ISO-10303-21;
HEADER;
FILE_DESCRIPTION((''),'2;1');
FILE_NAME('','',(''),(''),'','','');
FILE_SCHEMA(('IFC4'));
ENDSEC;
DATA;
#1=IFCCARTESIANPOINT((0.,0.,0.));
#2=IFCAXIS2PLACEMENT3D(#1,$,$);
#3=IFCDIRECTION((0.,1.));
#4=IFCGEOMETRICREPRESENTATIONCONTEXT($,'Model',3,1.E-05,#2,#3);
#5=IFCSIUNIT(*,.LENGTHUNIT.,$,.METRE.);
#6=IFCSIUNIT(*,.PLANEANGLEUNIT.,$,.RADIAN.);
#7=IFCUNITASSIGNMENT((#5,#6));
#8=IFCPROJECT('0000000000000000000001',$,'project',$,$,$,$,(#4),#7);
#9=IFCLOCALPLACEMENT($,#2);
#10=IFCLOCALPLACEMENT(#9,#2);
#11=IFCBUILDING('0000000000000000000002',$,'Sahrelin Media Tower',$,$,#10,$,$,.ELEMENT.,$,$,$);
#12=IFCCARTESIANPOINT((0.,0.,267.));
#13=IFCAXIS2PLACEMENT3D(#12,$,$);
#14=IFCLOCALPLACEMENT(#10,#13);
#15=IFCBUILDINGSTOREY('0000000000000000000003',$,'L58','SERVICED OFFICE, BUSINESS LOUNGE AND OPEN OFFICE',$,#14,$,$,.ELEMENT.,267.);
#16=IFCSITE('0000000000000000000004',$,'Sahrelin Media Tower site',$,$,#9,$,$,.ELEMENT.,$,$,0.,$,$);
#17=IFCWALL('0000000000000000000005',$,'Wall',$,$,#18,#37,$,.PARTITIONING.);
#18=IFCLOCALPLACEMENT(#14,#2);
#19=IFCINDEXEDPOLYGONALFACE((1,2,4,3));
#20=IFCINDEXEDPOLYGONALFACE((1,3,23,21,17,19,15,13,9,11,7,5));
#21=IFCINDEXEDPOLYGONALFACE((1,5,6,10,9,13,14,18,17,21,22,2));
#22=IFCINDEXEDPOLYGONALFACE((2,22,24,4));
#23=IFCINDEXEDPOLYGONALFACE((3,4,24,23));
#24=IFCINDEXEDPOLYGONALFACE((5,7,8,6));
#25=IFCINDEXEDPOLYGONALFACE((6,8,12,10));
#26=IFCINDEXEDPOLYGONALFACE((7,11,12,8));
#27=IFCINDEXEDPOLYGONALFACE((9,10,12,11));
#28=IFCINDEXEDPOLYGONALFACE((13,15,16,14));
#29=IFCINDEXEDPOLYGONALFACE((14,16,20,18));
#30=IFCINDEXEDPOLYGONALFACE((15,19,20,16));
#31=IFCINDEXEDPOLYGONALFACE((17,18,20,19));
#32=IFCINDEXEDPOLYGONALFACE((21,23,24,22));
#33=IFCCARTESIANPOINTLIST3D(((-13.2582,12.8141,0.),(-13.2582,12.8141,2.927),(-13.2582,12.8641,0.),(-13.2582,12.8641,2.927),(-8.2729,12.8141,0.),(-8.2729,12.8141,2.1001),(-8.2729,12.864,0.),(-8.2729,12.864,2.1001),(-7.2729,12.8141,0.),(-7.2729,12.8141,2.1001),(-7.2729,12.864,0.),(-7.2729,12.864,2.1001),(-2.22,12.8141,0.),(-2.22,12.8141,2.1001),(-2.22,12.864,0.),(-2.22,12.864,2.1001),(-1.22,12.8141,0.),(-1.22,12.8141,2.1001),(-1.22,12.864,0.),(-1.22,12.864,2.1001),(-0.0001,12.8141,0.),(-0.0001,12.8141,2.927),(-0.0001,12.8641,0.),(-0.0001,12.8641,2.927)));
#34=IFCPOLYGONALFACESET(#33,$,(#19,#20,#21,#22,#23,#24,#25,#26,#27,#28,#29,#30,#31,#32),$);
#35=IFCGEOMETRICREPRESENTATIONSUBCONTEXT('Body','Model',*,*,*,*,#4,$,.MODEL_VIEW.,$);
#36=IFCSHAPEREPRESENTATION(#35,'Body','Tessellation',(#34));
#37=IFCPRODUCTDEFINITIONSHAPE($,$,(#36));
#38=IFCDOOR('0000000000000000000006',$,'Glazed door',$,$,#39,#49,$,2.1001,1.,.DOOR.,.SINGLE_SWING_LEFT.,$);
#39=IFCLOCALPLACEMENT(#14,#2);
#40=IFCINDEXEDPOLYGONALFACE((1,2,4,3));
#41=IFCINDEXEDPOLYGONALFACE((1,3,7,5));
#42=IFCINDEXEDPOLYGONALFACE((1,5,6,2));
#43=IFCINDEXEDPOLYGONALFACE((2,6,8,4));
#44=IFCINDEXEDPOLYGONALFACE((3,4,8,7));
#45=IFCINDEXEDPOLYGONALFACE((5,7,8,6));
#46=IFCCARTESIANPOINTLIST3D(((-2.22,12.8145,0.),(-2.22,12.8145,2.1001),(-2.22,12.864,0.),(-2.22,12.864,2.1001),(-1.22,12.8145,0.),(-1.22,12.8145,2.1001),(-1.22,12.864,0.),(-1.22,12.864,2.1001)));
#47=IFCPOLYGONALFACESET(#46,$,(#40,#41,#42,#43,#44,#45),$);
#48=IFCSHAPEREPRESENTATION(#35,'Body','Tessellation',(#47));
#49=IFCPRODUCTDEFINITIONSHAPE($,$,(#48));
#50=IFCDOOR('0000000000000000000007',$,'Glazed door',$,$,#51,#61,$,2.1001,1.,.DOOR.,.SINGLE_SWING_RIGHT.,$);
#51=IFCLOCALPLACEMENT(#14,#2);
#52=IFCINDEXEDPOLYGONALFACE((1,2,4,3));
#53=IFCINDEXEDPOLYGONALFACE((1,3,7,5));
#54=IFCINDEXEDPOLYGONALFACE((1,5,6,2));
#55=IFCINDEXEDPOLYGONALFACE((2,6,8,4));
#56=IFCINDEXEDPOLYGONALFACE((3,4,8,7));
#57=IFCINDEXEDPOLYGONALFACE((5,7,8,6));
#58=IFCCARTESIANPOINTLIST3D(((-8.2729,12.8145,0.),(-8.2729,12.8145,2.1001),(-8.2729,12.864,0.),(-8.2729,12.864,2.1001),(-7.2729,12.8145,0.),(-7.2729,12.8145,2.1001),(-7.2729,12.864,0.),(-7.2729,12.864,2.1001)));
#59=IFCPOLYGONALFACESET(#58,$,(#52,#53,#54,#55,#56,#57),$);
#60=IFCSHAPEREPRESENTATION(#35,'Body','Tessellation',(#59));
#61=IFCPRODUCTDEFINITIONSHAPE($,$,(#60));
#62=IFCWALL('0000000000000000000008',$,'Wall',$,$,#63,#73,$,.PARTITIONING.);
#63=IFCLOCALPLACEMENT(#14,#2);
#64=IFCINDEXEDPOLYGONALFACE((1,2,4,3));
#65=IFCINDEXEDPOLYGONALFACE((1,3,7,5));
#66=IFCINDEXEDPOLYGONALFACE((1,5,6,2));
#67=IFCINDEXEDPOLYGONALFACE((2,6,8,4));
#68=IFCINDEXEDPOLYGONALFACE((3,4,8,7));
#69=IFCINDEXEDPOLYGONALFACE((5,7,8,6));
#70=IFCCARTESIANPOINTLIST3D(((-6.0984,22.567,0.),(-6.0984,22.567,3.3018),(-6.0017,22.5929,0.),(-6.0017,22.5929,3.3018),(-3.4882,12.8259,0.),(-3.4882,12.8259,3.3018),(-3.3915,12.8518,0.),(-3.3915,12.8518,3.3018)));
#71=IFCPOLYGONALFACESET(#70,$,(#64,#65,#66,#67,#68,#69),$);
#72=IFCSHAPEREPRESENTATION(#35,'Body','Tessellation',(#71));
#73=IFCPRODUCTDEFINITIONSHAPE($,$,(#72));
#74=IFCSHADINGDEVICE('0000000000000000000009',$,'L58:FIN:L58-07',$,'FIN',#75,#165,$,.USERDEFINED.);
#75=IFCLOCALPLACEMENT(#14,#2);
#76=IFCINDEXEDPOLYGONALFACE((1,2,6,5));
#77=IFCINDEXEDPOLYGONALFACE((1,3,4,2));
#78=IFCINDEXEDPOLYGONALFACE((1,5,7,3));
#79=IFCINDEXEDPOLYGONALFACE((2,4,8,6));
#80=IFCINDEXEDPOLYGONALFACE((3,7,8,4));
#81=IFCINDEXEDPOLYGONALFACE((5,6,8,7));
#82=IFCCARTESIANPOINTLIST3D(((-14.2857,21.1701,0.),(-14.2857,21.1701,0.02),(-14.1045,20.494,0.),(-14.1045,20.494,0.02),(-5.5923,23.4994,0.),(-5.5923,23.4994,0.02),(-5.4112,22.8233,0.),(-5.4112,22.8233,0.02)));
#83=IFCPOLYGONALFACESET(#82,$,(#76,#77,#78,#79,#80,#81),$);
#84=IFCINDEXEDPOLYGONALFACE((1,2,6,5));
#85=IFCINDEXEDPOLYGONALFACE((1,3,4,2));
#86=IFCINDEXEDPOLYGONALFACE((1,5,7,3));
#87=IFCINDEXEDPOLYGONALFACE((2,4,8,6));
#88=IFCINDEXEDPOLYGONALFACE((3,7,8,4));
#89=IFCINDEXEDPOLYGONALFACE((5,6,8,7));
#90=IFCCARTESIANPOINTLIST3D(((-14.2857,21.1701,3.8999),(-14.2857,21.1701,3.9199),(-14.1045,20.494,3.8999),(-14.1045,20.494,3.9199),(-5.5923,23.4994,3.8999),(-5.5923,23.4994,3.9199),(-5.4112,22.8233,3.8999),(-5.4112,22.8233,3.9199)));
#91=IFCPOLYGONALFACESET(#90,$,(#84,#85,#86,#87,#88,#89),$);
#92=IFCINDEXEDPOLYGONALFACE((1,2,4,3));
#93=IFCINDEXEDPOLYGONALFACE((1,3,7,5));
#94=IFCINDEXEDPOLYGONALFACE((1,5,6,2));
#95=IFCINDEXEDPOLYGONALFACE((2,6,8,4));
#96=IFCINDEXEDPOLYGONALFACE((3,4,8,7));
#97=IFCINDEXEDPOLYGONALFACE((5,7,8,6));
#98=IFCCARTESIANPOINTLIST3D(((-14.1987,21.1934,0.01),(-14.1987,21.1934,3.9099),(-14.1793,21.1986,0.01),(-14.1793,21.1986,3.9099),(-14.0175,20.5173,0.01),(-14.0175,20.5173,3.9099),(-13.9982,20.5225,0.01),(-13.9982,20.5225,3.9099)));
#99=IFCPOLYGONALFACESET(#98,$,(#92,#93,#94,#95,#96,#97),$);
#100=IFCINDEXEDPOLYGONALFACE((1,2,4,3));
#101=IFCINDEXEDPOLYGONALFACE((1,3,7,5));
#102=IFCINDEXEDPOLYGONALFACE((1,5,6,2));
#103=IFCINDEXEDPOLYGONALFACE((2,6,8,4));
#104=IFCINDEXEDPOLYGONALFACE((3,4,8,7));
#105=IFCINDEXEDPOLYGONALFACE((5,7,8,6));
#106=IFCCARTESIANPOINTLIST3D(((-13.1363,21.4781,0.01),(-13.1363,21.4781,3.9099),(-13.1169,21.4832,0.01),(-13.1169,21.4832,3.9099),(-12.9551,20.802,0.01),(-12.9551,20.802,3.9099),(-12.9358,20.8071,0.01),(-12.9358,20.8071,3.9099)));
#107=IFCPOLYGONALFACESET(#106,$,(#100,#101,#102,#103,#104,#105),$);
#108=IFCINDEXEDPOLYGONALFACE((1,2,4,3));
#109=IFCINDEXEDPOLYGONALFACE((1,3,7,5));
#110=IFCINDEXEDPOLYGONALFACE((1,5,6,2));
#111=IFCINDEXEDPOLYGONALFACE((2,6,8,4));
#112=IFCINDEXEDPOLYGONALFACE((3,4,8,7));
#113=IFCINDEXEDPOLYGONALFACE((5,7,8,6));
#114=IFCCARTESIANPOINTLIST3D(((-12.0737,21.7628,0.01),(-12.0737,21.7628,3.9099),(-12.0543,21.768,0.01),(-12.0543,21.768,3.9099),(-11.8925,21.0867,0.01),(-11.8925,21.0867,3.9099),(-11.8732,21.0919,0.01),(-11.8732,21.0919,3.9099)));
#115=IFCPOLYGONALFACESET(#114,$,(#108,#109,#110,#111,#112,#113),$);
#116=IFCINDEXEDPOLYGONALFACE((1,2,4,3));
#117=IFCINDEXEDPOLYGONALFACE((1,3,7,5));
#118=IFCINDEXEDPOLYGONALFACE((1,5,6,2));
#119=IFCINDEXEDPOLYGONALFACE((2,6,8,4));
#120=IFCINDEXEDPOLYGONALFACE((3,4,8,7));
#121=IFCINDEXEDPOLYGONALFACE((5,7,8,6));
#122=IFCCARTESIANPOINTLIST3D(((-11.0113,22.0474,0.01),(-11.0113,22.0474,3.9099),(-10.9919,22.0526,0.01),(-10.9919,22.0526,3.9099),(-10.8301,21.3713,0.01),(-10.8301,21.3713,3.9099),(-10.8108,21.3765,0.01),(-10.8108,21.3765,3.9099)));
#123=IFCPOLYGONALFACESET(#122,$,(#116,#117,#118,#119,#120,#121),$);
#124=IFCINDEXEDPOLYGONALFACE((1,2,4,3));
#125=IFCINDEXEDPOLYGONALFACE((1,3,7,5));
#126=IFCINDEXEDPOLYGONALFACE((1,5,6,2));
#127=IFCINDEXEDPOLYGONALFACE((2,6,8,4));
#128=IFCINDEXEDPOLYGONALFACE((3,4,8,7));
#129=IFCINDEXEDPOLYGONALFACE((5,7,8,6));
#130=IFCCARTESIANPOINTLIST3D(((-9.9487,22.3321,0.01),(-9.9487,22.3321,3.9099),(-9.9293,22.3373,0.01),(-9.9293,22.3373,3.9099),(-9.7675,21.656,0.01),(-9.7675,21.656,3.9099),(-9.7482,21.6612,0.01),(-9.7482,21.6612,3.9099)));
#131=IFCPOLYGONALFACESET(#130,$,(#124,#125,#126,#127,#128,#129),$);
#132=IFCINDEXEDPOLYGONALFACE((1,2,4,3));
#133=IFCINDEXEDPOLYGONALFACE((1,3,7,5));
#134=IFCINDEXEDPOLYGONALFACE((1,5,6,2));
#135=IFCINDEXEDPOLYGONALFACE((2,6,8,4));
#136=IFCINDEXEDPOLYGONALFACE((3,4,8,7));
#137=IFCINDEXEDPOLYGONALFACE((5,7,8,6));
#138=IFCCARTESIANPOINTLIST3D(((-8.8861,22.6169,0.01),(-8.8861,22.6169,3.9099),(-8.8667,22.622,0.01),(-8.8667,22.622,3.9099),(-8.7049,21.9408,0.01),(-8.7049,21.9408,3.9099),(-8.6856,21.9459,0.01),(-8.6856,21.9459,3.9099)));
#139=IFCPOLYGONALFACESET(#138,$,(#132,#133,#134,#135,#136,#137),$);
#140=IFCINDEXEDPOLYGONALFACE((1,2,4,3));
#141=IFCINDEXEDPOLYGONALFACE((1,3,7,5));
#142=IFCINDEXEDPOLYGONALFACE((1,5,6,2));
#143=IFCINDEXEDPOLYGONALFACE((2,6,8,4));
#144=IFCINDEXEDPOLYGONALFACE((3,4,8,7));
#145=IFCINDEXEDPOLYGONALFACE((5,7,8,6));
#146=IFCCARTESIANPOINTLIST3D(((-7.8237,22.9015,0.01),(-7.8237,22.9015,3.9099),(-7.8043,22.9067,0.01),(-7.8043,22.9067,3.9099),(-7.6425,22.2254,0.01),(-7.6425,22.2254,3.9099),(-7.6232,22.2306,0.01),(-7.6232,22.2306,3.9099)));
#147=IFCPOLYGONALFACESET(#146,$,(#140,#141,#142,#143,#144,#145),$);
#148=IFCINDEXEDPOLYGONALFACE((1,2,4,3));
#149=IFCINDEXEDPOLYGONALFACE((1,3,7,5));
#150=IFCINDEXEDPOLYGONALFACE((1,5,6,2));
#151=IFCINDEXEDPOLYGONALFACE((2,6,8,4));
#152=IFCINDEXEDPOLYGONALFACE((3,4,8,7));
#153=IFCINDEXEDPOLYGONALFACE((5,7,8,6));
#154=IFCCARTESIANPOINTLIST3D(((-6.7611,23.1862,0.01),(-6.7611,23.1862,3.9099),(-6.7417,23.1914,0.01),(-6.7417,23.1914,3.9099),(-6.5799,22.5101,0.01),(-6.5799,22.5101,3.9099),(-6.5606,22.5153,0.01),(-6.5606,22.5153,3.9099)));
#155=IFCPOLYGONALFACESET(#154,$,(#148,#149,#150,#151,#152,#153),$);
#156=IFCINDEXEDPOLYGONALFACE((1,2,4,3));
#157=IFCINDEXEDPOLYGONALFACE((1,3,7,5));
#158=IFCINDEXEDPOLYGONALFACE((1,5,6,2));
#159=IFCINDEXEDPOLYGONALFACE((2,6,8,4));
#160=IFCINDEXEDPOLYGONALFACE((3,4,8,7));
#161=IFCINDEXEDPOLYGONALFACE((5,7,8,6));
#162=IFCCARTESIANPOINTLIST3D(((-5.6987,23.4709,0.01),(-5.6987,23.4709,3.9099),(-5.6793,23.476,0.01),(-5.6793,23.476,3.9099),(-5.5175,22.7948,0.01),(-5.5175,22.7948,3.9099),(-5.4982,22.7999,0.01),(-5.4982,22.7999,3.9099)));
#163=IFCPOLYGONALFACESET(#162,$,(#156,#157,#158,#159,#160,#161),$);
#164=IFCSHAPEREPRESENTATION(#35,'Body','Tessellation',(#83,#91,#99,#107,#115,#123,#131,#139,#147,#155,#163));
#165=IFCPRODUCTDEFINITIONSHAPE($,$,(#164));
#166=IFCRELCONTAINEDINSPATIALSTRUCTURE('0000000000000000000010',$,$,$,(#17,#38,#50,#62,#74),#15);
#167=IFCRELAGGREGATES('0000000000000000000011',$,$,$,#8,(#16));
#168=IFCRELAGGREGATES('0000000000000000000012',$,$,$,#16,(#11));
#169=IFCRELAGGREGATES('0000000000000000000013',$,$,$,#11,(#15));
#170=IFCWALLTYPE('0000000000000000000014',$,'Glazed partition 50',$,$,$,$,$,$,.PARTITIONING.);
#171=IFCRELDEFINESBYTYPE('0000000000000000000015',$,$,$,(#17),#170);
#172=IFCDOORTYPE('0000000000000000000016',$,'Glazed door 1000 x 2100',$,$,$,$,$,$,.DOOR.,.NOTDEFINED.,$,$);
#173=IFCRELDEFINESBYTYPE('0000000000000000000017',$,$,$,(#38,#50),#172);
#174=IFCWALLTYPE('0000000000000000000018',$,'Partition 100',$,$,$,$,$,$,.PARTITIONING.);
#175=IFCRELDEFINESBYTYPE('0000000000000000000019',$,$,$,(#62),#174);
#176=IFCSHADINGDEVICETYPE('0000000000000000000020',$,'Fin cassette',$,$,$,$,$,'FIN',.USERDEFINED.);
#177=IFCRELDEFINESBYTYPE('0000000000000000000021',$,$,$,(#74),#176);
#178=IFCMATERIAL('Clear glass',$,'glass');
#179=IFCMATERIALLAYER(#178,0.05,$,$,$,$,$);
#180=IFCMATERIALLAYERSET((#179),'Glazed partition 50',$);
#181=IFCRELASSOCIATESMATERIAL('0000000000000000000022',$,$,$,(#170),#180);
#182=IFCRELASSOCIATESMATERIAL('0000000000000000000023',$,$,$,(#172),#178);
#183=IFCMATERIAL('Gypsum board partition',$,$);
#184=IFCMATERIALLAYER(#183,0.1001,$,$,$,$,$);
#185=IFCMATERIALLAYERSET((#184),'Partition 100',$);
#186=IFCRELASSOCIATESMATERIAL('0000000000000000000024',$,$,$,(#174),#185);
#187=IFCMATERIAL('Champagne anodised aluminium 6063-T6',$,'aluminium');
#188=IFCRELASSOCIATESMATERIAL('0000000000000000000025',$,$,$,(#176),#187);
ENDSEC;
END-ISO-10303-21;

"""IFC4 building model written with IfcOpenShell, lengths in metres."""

from ifc_helpers import new_model, si_unit, direction, frame, frame_2d, origin, origin_2d, place, context, subcontext, project, spatial, rectangle, extrude, material, layer, layer_set, type_object, element, fill, save


model = new_model("IFC4")

# Units and contexts
model_context = context("Model", 3, precision=1e-05, world=origin(), true_north=direction((0.0, 1.0)))
body_context = subcontext(model_context, "Body", "Model", "MODEL_VIEW")
ifc_project = project(units=[si_unit("LENGTHUNIT", "METRE"), si_unit("PLANEANGLEUNIT", "RADIAN")], contexts=[model_context])

# Site, building, storey
site_placement = place(None, origin())
site = spatial("IfcSite", under=ifc_project, at=site_placement, Name="Sahrelin Media Tower site", CompositionType="ELEMENT", RefElevation=0.0)
building_placement = place(site_placement, origin())
building = spatial("IfcBuilding", under=site, at=building_placement, Name="Sahrelin Media Tower", CompositionType="ELEMENT")
storey_placement = place(building_placement, frame((0.0, 0.0, 267.0)))
storey = spatial("IfcBuildingStorey", under=building, at=storey_placement, Name="L58", Description="SERVICED OFFICE, BUSINESS LOUNGE AND OPEN OFFICE", CompositionType="ELEMENT", Elevation=267.0)

# Shared definitions
ifc_material_1 = material(Name="Champagne anodised aluminium 6063-T6", Category="aluminium")

# Shared definitions
ifc_material_2 = material(Name="Clear glass", Category="glass")
ifc_layer_1 = layer(ifc_material_2, 0.05)
ifc_layer_set_1 = layer_set([ifc_layer_1], Name="Glazed partition 50")
wall_type_1 = type_object("IfcWallType", Name="Glazed partition 50", PredefinedType="PARTITIONING", material=ifc_layer_set_1)

# Wall, openings, doors
wall_1_placement = place(storey_placement, frame((-13.2581, 12.8391, 0.0), z_axis=(0.0, 0.0, 1.0), x_axis=(1.0, 0.0, 0.0)))
wall_1 = element("IfcWall", 1, at=wall_1_placement, inside=storey, type_object=wall_type_1, Name="Wall", PredefinedType="PARTITIONING", context=body_context, shape_type="SweptSolid", body=[
    extrude(rectangle(XDim=13.2581, YDim=0.05, at=frame_2d((6.6289, 0.0))), origin(), (0.0, 0.0, 1.0), 2.927),
])
opening_1_placement = place(wall_1_placement, frame((11.0381, 0.0, 0.0)))
opening_1 = element("IfcOpeningElement", 2, at=opening_1_placement, cuts=wall_1, PredefinedType="OPENING", context=body_context, shape_type="SweptSolid", body=[
    extrude(rectangle(XDim=1.0, YDim=2.1001, at=frame_2d((0.5, 1.05))), frame((0.0, 0.0249, 0.0), z_axis=(0.0, -1.0, 0.0), x_axis=(1.0, 0.0, 0.0)), (0.0, 0.0, 1.0), 0.05),
])
opening_2_placement = place(wall_1_placement, frame((4.9851, 0.0, 0.0)))
opening_2 = element("IfcOpeningElement", 3, at=opening_2_placement, cuts=wall_1, PredefinedType="OPENING", context=body_context, shape_type="SweptSolid", body=[
    extrude(rectangle(XDim=1.0, YDim=2.1001, at=frame_2d((0.5, 1.05))), frame((0.0, 0.0249, 0.0), z_axis=(0.0, -1.0, 0.0), x_axis=(1.0, 0.0, 0.0)), (0.0, 0.0, 1.0), 0.05),
])
door_type_1 = type_object("IfcDoorType", Name="Glazed door 1000 x 2100", OperationType="NOTDEFINED", PredefinedType="DOOR", material=ifc_material_2)
door_1_placement = place(opening_1_placement, origin())
door_1 = element("IfcDoor", 4, at=door_1_placement, inside=storey, type_object=door_type_1, Name="Glazed door", OperationType="SINGLE_SWING_LEFT", OverallHeight=2.1001, OverallWidth=1.0, PredefinedType="DOOR", context=body_context, shape_type="SweptSolid", body=[
    extrude(rectangle(XDim=1.0, YDim=2.1001, at=frame_2d((0.5, 1.05))), frame((0.0, 0.0249, 0.0), z_axis=(0.0, -1.0, 0.0), x_axis=(1.0, 0.0, 0.0)), (0.0, 0.0, 1.0), 0.0496),
])
fill(opening_1, door_1)
door_2_placement = place(opening_2_placement, origin())
door_2 = element("IfcDoor", 5, at=door_2_placement, inside=storey, type_object=door_type_1, Name="Glazed door", OperationType="SINGLE_SWING_RIGHT", OverallHeight=2.1001, OverallWidth=1.0, PredefinedType="DOOR", context=body_context, shape_type="SweptSolid", body=[
    extrude(rectangle(XDim=1.0, YDim=2.1001, at=frame_2d((0.5, 1.05))), frame((0.0, 0.0249, 0.0), z_axis=(0.0, -1.0, 0.0), x_axis=(1.0, 0.0, 0.0)), (0.0, 0.0, 1.0), 0.0496),
])
fill(opening_2, door_2)

# Wall
ifc_material_3 = material(Name="Gypsum board partition")
ifc_layer_2 = layer(ifc_material_3, 0.1001)
ifc_layer_set_2 = layer_set([ifc_layer_2], Name="Partition 100")
wall_type_2 = type_object("IfcWallType", Name="Partition 100", PredefinedType="PARTITIONING", material=ifc_layer_set_2)
wall_2_placement = place(storey_placement, frame((-6.05, 22.5801, 0.0), z_axis=(0.0, 0.0, 1.0), x_axis=(0.258821, -0.965925, 0.0)))
element("IfcWall", 6, at=wall_2_placement, inside=storey, type_object=wall_type_2, Name="Wall", PredefinedType="PARTITIONING", context=body_context, shape_type="SweptSolid", body=[
    extrude(rectangle(XDim=10.0847, YDim=0.1001, at=frame_2d((5.0425, 0.0))), origin(), (0.0, 0.0, 1.0), 3.3018),
])

# Shading device
shading_device_type_1 = type_object("IfcShadingDeviceType", Name="Fin cassette", ElementType="FIN", PredefinedType="USERDEFINED", material=ifc_material_1)
placement = place(storey_placement, frame((-9.7397, 21.5911, 0.0), z_axis=(0.0, 0.0, 1.0), x_axis=(0.965929, 0.258808, 0.0)))
element("IfcShadingDevice", 7, at=placement, inside=storey, type_object=shading_device_type_1, Name="L58:FIN:L58-07", ObjectType="FIN", PredefinedType="USERDEFINED", context=body_context, shape_type="SweptSolid", body=[
    extrude(rectangle(XDim=9.0, YDim=0.7, at=origin_2d()), frame((0.0, 0.4199, 0.0)), (0.0, 0.0, 1.0), 0.02),
    extrude(rectangle(XDim=9.0, YDim=0.7, at=origin_2d()), frame((0.0, 0.4199, 3.8999)), (0.0, 0.0, 1.0), 0.02),
    extrude(rectangle(XDim=0.02, YDim=0.7, at=origin_2d()), frame((-4.3999, 0.4199, 0.01), z_axis=(0.0, 0.0, 1.0), x_axis=(1.0, 0.0, 0.0)), (0.0, 0.0, 1.0), 3.8999),
    extrude(rectangle(XDim=0.02, YDim=0.7, at=origin_2d()), frame((-3.3, 0.4199, 0.01), z_axis=(0.0, 0.0, 1.0), x_axis=(1.0, 0.0, 0.0)), (0.0, 0.0, 1.0), 3.8999),
    extrude(rectangle(XDim=0.02, YDim=0.7, at=origin_2d()), frame((-2.2, 0.4199, 0.01), z_axis=(0.0, 0.0, 1.0), x_axis=(1.0, 0.0, 0.0)), (0.0, 0.0, 1.0), 3.8999),
    extrude(rectangle(XDim=0.02, YDim=0.7, at=origin_2d()), frame((-1.1001, 0.4199, 0.01), z_axis=(0.0, 0.0, 1.0), x_axis=(1.0, 0.0, 0.0)), (0.0, 0.0, 1.0), 3.8999),
    extrude(rectangle(XDim=0.02, YDim=0.7, at=origin_2d()), frame((0.0, 0.4199, 0.01), z_axis=(0.0, 0.0, 1.0), x_axis=(1.0, 0.0, 0.0)), (0.0, 0.0, 1.0), 3.8999),
    extrude(rectangle(XDim=0.02, YDim=0.7, at=origin_2d()), frame((1.1001, 0.4199, 0.01), z_axis=(0.0, 0.0, 1.0), x_axis=(1.0, 0.0, 0.0)), (0.0, 0.0, 1.0), 3.8999),
    extrude(rectangle(XDim=0.02, YDim=0.7, at=origin_2d()), frame((2.2, 0.4199, 0.01), z_axis=(0.0, 0.0, 1.0), x_axis=(1.0, 0.0, 0.0)), (0.0, 0.0, 1.0), 3.8999),
    extrude(rectangle(XDim=0.02, YDim=0.7, at=origin_2d()), frame((3.3, 0.4199, 0.01), z_axis=(0.0, 0.0, 1.0), x_axis=(1.0, 0.0, 0.0)), (0.0, 0.0, 1.0), 3.8999),
    extrude(rectangle(XDim=0.02, YDim=0.7, at=origin_2d()), frame((4.3999, 0.4199, 0.01), z_axis=(0.0, 0.0, 1.0), x_axis=(1.0, 0.0, 0.0)), (0.0, 0.0, 1.0), 3.8999),
])

save(model, "model.ifc")
